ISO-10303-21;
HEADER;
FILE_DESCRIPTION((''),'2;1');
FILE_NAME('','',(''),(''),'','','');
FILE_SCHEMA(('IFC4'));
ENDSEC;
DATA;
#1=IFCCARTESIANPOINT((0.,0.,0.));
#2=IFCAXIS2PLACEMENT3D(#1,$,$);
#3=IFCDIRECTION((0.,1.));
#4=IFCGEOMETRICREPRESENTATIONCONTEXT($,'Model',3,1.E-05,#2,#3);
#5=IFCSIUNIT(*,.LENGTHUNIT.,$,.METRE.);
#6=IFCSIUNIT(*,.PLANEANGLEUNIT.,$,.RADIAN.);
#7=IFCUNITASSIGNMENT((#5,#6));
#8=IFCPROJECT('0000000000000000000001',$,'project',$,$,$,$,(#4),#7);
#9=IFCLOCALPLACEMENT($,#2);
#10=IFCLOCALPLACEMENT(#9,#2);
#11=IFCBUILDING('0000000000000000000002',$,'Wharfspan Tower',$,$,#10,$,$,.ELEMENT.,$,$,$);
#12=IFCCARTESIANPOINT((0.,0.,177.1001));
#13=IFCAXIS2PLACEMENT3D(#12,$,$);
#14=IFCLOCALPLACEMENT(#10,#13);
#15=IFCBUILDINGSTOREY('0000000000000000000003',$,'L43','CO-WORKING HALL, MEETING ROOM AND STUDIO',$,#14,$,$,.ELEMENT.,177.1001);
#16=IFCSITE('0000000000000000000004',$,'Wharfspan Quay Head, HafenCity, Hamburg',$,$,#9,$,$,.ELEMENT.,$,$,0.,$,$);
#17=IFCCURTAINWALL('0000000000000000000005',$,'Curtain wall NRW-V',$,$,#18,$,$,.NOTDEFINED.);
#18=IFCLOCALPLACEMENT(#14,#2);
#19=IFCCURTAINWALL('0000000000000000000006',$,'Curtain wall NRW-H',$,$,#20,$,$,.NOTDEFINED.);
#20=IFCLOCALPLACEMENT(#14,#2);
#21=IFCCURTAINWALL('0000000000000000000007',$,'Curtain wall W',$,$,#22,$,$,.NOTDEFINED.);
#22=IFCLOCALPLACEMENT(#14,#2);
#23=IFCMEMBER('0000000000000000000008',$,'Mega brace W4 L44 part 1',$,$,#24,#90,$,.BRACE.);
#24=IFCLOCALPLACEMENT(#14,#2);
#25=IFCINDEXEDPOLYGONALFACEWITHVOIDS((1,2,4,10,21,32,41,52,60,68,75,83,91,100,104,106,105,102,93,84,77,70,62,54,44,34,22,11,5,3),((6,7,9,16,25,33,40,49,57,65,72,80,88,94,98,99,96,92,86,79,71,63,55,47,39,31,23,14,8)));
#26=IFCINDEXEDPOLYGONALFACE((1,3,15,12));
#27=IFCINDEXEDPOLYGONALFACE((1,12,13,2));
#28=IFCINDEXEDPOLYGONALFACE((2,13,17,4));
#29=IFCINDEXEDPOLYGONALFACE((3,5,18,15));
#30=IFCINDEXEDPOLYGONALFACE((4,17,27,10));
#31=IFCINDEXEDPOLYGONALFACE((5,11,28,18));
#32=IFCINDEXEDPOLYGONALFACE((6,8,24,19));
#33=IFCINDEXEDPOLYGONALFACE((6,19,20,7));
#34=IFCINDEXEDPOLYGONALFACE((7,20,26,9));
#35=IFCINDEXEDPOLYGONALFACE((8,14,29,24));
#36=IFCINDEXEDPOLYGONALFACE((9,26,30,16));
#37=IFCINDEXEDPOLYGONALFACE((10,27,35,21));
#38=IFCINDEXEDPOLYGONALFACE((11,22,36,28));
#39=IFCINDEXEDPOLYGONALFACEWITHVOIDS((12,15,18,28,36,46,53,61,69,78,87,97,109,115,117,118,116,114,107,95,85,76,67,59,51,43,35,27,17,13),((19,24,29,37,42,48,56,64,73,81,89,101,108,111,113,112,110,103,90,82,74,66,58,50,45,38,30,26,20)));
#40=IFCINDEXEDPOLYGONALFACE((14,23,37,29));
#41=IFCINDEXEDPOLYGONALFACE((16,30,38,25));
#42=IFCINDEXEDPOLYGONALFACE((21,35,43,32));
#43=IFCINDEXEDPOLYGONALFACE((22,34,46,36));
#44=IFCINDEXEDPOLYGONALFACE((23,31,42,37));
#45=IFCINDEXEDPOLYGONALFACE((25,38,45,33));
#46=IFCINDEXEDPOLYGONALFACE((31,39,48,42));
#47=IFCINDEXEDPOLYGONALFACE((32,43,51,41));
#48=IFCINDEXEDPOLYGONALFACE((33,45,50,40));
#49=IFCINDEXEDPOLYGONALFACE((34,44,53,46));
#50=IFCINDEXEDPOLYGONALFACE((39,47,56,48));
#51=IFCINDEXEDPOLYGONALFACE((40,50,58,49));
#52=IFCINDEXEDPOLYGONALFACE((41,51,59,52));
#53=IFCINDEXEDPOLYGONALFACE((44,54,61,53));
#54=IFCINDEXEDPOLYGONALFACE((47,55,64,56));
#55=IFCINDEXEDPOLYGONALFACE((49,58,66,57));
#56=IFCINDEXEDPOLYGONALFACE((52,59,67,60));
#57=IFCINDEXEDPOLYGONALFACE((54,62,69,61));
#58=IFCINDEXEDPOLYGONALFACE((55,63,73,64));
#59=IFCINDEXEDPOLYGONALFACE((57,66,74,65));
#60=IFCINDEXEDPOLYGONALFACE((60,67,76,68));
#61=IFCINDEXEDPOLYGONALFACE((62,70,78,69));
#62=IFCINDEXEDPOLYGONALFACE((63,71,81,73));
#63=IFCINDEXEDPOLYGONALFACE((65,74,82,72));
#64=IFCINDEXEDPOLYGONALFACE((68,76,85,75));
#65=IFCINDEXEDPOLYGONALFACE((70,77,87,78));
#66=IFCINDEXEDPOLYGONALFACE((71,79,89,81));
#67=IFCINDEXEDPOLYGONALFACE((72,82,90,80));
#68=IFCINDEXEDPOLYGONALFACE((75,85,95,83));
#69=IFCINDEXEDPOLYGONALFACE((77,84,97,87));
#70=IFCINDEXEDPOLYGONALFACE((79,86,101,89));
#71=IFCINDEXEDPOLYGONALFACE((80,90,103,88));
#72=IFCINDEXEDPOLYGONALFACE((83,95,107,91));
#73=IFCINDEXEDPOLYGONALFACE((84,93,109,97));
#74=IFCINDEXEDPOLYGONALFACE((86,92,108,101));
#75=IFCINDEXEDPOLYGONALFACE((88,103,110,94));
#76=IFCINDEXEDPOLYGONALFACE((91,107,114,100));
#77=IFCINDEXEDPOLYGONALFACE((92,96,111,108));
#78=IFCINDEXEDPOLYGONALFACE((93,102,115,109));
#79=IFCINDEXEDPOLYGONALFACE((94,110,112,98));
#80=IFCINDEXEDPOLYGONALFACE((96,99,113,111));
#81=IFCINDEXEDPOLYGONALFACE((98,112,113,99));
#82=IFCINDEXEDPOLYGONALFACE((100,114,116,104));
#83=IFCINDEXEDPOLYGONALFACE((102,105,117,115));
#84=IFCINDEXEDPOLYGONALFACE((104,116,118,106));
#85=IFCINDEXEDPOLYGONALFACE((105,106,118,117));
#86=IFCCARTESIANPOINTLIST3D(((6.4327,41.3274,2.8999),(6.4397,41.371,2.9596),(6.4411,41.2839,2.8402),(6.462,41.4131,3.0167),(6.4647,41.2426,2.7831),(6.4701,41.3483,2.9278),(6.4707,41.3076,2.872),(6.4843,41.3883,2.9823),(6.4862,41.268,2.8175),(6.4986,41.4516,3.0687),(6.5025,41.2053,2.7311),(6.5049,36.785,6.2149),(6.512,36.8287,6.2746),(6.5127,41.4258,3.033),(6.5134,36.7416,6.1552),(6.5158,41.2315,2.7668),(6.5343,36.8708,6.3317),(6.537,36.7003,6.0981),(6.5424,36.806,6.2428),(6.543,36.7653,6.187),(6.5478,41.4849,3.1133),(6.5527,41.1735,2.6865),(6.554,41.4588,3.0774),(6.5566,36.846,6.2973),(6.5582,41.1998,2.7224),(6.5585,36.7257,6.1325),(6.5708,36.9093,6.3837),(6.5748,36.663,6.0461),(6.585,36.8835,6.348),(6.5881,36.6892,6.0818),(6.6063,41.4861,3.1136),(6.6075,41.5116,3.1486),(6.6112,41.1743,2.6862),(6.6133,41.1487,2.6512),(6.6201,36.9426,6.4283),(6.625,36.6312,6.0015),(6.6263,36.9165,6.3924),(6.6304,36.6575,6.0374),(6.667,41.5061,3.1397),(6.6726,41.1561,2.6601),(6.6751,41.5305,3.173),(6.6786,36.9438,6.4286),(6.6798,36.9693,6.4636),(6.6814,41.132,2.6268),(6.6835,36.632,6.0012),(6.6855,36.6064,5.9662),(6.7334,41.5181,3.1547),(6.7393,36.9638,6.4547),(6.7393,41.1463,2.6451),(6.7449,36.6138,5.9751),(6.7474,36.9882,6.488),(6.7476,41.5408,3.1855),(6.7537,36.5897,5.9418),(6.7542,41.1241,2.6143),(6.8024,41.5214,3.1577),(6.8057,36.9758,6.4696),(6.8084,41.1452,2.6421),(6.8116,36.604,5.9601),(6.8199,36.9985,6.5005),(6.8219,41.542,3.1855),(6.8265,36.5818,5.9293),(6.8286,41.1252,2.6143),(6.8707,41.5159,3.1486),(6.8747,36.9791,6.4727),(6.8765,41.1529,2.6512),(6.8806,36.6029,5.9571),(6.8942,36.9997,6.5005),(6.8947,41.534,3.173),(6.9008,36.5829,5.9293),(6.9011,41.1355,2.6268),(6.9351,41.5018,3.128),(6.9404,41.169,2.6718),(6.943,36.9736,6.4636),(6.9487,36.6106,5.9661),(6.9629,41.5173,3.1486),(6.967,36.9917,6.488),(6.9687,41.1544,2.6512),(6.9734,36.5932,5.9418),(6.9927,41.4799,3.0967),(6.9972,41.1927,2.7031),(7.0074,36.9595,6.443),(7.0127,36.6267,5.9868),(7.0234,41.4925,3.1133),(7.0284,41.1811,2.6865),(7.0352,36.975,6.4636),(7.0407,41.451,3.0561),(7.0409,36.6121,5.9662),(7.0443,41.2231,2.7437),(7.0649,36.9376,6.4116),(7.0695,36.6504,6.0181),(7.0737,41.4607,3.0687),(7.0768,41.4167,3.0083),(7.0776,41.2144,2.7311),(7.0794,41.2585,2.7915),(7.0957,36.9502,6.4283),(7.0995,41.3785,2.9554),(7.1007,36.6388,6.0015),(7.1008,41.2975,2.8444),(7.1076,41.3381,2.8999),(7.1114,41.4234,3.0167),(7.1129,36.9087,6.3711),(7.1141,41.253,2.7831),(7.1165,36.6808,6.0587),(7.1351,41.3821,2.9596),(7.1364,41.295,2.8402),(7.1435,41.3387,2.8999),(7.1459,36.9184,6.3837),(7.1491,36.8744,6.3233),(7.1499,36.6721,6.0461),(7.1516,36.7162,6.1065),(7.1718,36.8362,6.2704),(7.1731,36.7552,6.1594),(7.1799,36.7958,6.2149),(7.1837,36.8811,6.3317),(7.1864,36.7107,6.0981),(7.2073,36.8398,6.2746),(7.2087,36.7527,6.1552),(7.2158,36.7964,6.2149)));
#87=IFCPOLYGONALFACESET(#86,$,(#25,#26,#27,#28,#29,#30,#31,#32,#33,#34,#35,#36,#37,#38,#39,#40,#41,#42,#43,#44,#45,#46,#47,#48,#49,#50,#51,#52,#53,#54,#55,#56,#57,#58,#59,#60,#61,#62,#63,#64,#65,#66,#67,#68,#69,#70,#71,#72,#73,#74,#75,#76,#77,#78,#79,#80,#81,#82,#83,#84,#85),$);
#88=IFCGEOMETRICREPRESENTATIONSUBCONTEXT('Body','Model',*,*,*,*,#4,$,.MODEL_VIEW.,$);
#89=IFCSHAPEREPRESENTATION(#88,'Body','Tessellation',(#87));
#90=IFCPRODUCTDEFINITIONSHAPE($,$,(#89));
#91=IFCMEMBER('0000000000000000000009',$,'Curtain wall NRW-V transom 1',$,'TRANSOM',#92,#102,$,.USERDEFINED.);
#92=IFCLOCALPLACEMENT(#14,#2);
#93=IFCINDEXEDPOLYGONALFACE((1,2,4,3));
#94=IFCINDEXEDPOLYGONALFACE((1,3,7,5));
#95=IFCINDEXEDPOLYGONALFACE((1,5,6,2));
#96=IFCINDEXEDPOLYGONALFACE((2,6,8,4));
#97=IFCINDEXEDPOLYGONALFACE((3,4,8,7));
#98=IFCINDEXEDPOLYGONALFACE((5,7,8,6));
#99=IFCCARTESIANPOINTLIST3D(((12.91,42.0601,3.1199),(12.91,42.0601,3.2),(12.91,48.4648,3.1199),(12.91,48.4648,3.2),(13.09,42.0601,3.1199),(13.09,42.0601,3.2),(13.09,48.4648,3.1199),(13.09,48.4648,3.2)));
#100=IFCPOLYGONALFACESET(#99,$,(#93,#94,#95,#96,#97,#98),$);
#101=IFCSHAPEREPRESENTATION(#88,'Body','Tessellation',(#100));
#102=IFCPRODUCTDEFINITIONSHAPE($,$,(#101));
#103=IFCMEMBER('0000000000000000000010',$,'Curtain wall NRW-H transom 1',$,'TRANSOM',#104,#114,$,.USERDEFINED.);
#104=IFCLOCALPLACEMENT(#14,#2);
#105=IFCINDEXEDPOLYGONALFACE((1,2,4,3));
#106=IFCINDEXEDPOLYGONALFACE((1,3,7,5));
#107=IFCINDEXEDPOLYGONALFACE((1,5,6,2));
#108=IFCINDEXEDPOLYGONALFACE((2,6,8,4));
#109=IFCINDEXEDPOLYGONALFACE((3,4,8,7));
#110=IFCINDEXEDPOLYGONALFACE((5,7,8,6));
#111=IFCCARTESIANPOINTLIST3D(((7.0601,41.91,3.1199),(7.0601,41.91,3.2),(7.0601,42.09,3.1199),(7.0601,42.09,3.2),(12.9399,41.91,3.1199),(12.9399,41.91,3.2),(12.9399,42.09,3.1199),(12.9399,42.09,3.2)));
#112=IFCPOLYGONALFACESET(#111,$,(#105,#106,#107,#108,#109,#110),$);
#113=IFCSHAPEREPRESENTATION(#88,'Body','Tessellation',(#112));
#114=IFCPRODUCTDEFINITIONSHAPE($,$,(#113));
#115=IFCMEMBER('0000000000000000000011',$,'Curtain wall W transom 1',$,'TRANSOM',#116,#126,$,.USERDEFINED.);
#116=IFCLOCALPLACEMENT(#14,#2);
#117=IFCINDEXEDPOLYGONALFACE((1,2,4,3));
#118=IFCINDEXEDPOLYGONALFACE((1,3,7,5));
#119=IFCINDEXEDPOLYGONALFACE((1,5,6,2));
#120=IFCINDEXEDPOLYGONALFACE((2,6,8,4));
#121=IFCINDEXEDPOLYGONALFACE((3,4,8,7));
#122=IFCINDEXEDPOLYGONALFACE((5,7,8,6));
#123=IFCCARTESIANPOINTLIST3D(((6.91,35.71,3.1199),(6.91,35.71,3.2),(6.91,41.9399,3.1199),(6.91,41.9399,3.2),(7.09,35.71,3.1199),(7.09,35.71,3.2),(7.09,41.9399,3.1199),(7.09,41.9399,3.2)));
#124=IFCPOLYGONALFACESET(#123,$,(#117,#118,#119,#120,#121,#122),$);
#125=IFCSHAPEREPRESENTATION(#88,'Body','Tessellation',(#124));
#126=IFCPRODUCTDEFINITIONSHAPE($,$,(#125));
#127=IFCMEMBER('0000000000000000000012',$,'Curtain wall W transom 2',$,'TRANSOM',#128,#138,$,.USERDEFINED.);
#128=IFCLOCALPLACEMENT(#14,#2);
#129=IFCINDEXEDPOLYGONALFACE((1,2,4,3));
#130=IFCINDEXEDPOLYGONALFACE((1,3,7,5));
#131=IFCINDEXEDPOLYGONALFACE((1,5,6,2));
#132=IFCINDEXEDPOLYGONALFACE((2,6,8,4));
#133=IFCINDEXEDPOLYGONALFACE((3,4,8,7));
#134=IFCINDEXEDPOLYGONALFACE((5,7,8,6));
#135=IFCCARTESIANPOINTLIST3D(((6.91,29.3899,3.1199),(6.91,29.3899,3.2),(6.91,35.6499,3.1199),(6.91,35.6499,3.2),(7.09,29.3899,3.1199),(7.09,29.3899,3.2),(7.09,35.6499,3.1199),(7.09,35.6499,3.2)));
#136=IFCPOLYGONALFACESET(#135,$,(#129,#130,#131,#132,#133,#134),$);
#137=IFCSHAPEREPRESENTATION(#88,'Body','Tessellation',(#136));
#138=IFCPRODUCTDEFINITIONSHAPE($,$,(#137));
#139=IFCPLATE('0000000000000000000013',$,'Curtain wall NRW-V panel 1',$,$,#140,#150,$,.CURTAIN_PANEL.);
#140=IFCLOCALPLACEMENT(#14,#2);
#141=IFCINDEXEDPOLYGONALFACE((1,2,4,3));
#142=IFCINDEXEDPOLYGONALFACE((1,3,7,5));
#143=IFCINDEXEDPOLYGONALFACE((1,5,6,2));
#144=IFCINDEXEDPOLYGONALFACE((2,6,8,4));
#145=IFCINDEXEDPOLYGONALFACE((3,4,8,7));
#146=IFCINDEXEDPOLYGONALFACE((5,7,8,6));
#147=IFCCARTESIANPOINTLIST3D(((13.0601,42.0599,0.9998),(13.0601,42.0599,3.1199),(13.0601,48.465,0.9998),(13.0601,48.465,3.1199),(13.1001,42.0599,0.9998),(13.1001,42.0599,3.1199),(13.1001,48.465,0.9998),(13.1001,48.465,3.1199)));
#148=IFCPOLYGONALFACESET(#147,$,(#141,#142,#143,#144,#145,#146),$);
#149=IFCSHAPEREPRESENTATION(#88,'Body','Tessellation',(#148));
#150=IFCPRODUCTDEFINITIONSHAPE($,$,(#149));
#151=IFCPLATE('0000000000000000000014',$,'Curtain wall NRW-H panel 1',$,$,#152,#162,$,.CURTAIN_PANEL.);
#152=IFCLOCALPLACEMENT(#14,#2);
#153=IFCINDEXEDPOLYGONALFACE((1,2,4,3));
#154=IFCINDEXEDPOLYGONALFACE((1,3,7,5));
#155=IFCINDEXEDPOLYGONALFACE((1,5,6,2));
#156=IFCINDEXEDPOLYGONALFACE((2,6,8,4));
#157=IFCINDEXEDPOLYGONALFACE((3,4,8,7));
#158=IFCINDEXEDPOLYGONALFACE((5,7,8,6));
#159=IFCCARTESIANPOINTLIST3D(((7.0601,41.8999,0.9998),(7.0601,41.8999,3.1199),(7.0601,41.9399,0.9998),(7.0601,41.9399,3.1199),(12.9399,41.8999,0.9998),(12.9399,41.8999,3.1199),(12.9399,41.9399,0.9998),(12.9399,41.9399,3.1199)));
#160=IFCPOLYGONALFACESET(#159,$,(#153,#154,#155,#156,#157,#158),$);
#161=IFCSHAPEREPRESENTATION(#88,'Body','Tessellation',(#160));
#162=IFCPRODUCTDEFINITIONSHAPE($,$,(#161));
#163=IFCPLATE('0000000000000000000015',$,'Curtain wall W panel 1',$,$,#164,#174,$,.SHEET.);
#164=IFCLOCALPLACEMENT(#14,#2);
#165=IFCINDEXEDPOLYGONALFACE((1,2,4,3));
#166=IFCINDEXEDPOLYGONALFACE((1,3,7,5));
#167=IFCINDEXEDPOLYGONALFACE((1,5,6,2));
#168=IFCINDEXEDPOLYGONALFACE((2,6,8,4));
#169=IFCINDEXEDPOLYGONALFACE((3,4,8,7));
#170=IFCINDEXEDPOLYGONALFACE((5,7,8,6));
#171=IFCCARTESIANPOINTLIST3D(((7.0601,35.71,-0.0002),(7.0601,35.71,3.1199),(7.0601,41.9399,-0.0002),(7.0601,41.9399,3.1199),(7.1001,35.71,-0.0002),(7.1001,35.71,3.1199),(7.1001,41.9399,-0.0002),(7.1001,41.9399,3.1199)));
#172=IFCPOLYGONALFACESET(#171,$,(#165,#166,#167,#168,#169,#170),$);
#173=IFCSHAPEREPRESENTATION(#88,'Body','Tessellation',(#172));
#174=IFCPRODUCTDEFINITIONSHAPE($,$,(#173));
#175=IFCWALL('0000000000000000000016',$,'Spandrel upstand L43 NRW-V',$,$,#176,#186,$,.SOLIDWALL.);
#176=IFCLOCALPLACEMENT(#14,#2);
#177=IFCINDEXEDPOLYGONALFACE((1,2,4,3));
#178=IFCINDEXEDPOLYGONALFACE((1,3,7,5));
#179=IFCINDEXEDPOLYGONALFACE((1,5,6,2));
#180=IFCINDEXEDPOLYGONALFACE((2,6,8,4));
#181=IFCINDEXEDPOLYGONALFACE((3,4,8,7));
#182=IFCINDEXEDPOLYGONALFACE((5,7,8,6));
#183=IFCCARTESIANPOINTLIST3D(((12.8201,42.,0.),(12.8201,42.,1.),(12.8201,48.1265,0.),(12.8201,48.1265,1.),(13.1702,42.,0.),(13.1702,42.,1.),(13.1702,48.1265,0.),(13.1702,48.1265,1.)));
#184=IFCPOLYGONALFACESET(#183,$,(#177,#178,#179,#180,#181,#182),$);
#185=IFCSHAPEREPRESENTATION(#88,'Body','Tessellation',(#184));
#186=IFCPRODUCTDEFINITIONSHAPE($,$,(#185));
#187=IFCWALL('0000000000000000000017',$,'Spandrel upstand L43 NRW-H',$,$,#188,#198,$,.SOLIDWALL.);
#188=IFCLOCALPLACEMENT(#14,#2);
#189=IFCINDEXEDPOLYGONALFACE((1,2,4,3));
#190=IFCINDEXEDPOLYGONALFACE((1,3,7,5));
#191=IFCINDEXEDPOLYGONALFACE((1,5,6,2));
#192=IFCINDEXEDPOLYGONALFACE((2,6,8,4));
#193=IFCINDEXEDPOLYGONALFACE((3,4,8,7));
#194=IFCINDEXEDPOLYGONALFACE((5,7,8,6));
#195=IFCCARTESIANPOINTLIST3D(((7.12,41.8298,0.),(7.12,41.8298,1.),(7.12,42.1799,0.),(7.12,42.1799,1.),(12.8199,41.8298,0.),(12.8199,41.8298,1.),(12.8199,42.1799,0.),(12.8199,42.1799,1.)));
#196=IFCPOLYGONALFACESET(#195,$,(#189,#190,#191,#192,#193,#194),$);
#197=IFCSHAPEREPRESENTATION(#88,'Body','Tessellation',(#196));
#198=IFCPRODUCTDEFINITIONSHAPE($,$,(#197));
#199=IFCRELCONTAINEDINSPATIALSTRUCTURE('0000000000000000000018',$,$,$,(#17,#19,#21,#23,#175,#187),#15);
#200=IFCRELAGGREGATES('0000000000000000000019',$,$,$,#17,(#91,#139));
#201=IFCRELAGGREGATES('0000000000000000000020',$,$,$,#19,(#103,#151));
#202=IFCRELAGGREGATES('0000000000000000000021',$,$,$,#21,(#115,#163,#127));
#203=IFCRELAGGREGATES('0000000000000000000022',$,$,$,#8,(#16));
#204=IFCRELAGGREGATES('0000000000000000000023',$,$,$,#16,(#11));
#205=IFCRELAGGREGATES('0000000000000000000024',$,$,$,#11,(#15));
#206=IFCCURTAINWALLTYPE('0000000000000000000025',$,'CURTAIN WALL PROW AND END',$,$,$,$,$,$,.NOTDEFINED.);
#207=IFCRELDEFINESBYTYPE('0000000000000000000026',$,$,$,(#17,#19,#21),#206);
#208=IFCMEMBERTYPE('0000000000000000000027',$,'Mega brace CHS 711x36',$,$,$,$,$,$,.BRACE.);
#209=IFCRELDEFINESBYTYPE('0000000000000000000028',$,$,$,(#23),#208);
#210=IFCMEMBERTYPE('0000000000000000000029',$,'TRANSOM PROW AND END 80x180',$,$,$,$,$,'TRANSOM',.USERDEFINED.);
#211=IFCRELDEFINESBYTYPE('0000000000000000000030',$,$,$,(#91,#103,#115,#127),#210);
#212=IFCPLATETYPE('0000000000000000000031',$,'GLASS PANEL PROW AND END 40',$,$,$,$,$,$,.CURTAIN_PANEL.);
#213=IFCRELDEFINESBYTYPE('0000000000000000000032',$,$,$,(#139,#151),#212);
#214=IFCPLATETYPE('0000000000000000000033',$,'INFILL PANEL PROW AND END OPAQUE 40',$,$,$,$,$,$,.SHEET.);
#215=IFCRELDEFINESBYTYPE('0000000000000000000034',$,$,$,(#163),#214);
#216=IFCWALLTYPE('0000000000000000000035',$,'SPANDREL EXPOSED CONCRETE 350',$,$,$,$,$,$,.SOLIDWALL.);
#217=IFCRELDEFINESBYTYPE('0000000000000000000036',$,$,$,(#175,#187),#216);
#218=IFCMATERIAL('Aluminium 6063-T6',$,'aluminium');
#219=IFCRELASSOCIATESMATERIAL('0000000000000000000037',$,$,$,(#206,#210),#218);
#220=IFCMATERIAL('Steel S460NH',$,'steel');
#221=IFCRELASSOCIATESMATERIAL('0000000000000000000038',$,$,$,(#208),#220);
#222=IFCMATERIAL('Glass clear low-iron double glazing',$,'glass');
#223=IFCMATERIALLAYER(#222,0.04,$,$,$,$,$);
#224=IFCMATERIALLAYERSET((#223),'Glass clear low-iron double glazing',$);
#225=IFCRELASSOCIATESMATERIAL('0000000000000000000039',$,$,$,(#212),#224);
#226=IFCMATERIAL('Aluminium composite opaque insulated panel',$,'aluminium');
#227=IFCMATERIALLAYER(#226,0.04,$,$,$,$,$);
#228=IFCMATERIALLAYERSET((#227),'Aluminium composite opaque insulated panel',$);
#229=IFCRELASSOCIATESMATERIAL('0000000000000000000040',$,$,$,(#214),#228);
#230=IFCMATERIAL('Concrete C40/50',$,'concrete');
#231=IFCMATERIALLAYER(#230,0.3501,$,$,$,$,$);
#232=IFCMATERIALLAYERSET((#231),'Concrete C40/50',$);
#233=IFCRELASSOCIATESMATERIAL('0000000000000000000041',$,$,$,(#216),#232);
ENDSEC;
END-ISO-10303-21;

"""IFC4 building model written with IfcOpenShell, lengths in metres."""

from ifc_helpers import new_model, si_unit, direction, frame, frame_2d, origin, origin_2d, place, context, subcontext, project, spatial, rectangle, hollow_circle, extrude, material, layer, layer_set, material_profile, profile_set, type_object, element, aggregate, save


model = new_model("IFC4")

# Units and contexts
model_context = context("Model", 3, precision=1e-05, world=origin(), true_north=direction((0.0, 1.0)))
body_context = subcontext(model_context, "Body", "Model", "MODEL_VIEW")
ifc_project = project(units=[si_unit("LENGTHUNIT", "METRE"), si_unit("PLANEANGLEUNIT", "RADIAN")], contexts=[model_context])

# Site, building, storey
site_placement = place(None, origin())
site = spatial("IfcSite", under=ifc_project, at=site_placement, Name="Wharfspan Quay Head, HafenCity, Hamburg", CompositionType="ELEMENT", RefElevation=0.0)
building_placement = place(site_placement, origin())
building = spatial("IfcBuilding", under=site, at=building_placement, Name="Wharfspan Tower", CompositionType="ELEMENT")
storey_placement = place(building_placement, frame((0.0, 0.0, 177.1001)))
storey = spatial("IfcBuildingStorey", under=building, at=storey_placement, Name="L43", Description="CO-WORKING HALL, MEETING ROOM AND STUDIO", CompositionType="ELEMENT", Elevation=177.1001)

# Curtain walls
ifc_material_1 = material(Name="Aluminium 6063-T6", Category="aluminium")
curtain_wall_type = type_object("IfcCurtainWallType", Name="CURTAIN WALL PROW AND END", PredefinedType="NOTDEFINED", material=ifc_material_1)
curtain_wall_1_placement = place(storey_placement, origin())
curtain_wall_1 = element("IfcCurtainWall", 1, at=curtain_wall_1_placement, inside=storey, type_object=curtain_wall_type, Name="Curtain wall NRW-V", PredefinedType="NOTDEFINED")
curtain_wall_2_placement = place(storey_placement, origin())
curtain_wall_2 = element("IfcCurtainWall", 2, at=curtain_wall_2_placement, inside=storey, type_object=curtain_wall_type, Name="Curtain wall NRW-H", PredefinedType="NOTDEFINED")
curtain_wall_3_placement = place(storey_placement, origin())
curtain_wall_3 = element("IfcCurtainWall", 3, at=curtain_wall_3_placement, inside=storey, type_object=curtain_wall_type, Name="Curtain wall W", PredefinedType="NOTDEFINED")

# Members
ifc_material_2 = material(Name="Steel S460NH", Category="steel")
ifc_material_profile_1 = material_profile(ifc_material_2, hollow_circle(Radius=0.3555, WallThickness=0.0359, at=origin_2d()))
ifc_profile_set_1 = profile_set([ifc_material_profile_1], Name="Steel S460NH")
member_type_1 = type_object("IfcMemberType", Name="Mega brace CHS 711x36", PredefinedType="BRACE", material=ifc_profile_set_1)
member_1_placement = place(storey_placement, frame((6.7881, 41.333, 2.8999), z_axis=(0.01285, -0.807696, 0.589459), x_axis=(0.999875, 0.015906, -0.000002)))
element("IfcMember", 4, at=member_1_placement, inside=storey, type_object=member_type_1, Name="Mega brace W4 L44 part 1", PredefinedType="BRACE", context=body_context, shape_type="SweptSolid", body=[
    extrude(hollow_circle(Radius=0.3555, WallThickness=0.0359, at=origin_2d()), origin(), (0.0, 0.0, 1.0), 5.6238),
])
ifc_material_profile_2 = material_profile(ifc_material_1, rectangle(XDim=0.1799, YDim=0.0801, at=origin_2d()))
ifc_profile_set_2 = profile_set([ifc_material_profile_2], Name="Aluminium 6063-T6")
member_type_2 = type_object("IfcMemberType", Name="TRANSOM PROW AND END 80x180", ElementType="TRANSOM", PredefinedType="USERDEFINED", material=ifc_profile_set_2)
member_2_placement = place(storey_placement, frame((13.0, 48.4648, 3.1599), z_axis=(0.0, -1.0, 0.0), x_axis=(1.0, 0.0, 0.0)))
member_2 = element("IfcMember", 5, at=member_2_placement, type_object=member_type_2, Name="Curtain wall NRW-V transom 1", ObjectType="TRANSOM", PredefinedType="USERDEFINED", context=body_context, shape_type="SweptSolid", body=[
    extrude(rectangle(XDim=0.1799, YDim=0.0801, at=origin_2d()), origin(), (0.0, 0.0, 1.0), 6.4048),
])
member_3_placement = place(storey_placement, frame((12.9399, 42.0, 3.1599), z_axis=(-1.0, 0.0, 0.0), x_axis=(0.0, -1.0, 0.0)))
member_3 = element("IfcMember", 6, at=member_3_placement, type_object=member_type_2, Name="Curtain wall NRW-H transom 1", ObjectType="TRANSOM", PredefinedType="USERDEFINED", context=body_context, shape_type="SweptSolid", body=[
    extrude(rectangle(XDim=0.1799, YDim=0.0801, at=origin_2d()), origin(), (0.0, 0.0, 1.0), 5.8799),
])
member_4_placement = place(storey_placement, frame((7.0, 41.9399, 3.1599), z_axis=(0.0, -1.0, 0.0), x_axis=(1.0, 0.0, 0.0)))
member_4 = element("IfcMember", 7, at=member_4_placement, type_object=member_type_2, Name="Curtain wall W transom 1", ObjectType="TRANSOM", PredefinedType="USERDEFINED", context=body_context, shape_type="SweptSolid", body=[
    extrude(rectangle(XDim=0.1799, YDim=0.0801, at=origin_2d()), origin(), (0.0, 0.0, 1.0), 6.23),
])
member_5_placement = place(storey_placement, frame((7.0, 35.6499, 3.1599), z_axis=(0.0, -1.0, 0.0), x_axis=(1.0, 0.0, 0.0)))
member_5 = element("IfcMember", 8, at=member_5_placement, type_object=member_type_2, Name="Curtain wall W transom 2", ObjectType="TRANSOM", PredefinedType="USERDEFINED", context=body_context, shape_type="SweptSolid", body=[
    extrude(rectangle(XDim=0.1799, YDim=0.0801, at=origin_2d()), origin(), (0.0, 0.0, 1.0), 6.26),
])

# Plates
ifc_material_3 = material(Name="Glass clear low-iron double glazing", Category="glass")
ifc_layer_1 = layer(ifc_material_3, 0.04)
ifc_layer_set_1 = layer_set([ifc_layer_1], Name="Glass clear low-iron double glazing")
plate_type_1 = type_object("IfcPlateType", Name="GLASS PANEL PROW AND END 40", PredefinedType="CURTAIN_PANEL", material=ifc_layer_set_1)
plate_1_placement = place(storey_placement, frame((13.0801, 45.2625, 0.9998), z_axis=(0.0, 0.0, 1.0), x_axis=(0.0, -1.0, 0.0)))
plate_1 = element("IfcPlate", 9, at=plate_1_placement, type_object=plate_type_1, Name="Curtain wall NRW-V panel 1", PredefinedType="CURTAIN_PANEL", context=body_context, shape_type="SweptSolid", body=[
    extrude(rectangle(XDim=6.405, YDim=0.04, at=origin_2d()), origin(), (0.0, 0.0, 1.0), 2.1201),
])
aggregate(curtain_wall_1, [member_2, plate_1])
plate_2_placement = place(storey_placement, frame((10.0, 41.9199, 0.9998), z_axis=(0.0, 0.0, 1.0), x_axis=(-1.0, 0.0, 0.0)))
plate_2 = element("IfcPlate", 10, at=plate_2_placement, type_object=plate_type_1, Name="Curtain wall NRW-H panel 1", PredefinedType="CURTAIN_PANEL", context=body_context, shape_type="SweptSolid", body=[
    extrude(rectangle(XDim=5.8799, YDim=0.04, at=origin_2d()), origin(), (0.0, 0.0, 1.0), 2.1201),
])
aggregate(curtain_wall_2, [member_3, plate_2])
ifc_material_4 = material(Name="Aluminium composite opaque insulated panel", Category="aluminium")
ifc_layer_2 = layer(ifc_material_4, 0.04)
ifc_layer_set_2 = layer_set([ifc_layer_2], Name="Aluminium composite opaque insulated panel")
plate_type_2 = type_object("IfcPlateType", Name="INFILL PANEL PROW AND END OPAQUE 40", PredefinedType="SHEET", material=ifc_layer_set_2)
plate_3_placement = place(storey_placement, frame((7.0801, 38.825, -0.0002), z_axis=(0.0, 0.0, 1.0), x_axis=(0.0, -1.0, 0.0)))
plate_3 = element("IfcPlate", 11, at=plate_3_placement, type_object=plate_type_2, Name="Curtain wall W panel 1", PredefinedType="SHEET", context=body_context, shape_type="SweptSolid", body=[
    extrude(rectangle(XDim=6.23, YDim=0.04, at=origin_2d()), origin(), (0.0, 0.0, 1.0), 3.1201),
])
aggregate(curtain_wall_3, [member_4, plate_3, member_5])

# Walls
ifc_material_5 = material(Name="Concrete C40/50", Category="concrete")
ifc_layer_3 = layer(ifc_material_5, 0.3501)
ifc_layer_set_3 = layer_set([ifc_layer_3], Name="Concrete C40/50")
wall_type = type_object("IfcWallType", Name="SPANDREL EXPOSED CONCRETE 350", PredefinedType="SOLIDWALL", material=ifc_layer_set_3)
wall_1_placement = place(storey_placement, frame((12.9951, 48.1265, 0.0), z_axis=(0.0, 0.0, 1.0), x_axis=(0.0, -1.0, 0.0)))
element("IfcWall", 12, at=wall_1_placement, inside=storey, type_object=wall_type, Name="Spandrel upstand L43 NRW-V", PredefinedType="SOLIDWALL", context=body_context, shape_type="SweptSolid", body=[
    extrude(rectangle(XDim=6.1265, YDim=0.3501, at=frame_2d((3.0632, 0.0))), origin(), (0.0, 0.0, 1.0), 1.0),
])
wall_2_placement = place(storey_placement, frame((12.8201, 42.0049, 0.0), z_axis=(0.0, 0.0, 1.0), x_axis=(-1.0, 0.0, 0.0)))
element("IfcWall", 13, at=wall_2_placement, inside=storey, type_object=wall_type, Name="Spandrel upstand L43 NRW-H", PredefinedType="SOLIDWALL", context=body_context, shape_type="SweptSolid", body=[
    extrude(rectangle(XDim=5.7, YDim=0.3501, at=frame_2d((2.8501, 0.0))), origin(), (0.0, 0.0, 1.0), 1.0),
])

save(model, "model.ifc")
